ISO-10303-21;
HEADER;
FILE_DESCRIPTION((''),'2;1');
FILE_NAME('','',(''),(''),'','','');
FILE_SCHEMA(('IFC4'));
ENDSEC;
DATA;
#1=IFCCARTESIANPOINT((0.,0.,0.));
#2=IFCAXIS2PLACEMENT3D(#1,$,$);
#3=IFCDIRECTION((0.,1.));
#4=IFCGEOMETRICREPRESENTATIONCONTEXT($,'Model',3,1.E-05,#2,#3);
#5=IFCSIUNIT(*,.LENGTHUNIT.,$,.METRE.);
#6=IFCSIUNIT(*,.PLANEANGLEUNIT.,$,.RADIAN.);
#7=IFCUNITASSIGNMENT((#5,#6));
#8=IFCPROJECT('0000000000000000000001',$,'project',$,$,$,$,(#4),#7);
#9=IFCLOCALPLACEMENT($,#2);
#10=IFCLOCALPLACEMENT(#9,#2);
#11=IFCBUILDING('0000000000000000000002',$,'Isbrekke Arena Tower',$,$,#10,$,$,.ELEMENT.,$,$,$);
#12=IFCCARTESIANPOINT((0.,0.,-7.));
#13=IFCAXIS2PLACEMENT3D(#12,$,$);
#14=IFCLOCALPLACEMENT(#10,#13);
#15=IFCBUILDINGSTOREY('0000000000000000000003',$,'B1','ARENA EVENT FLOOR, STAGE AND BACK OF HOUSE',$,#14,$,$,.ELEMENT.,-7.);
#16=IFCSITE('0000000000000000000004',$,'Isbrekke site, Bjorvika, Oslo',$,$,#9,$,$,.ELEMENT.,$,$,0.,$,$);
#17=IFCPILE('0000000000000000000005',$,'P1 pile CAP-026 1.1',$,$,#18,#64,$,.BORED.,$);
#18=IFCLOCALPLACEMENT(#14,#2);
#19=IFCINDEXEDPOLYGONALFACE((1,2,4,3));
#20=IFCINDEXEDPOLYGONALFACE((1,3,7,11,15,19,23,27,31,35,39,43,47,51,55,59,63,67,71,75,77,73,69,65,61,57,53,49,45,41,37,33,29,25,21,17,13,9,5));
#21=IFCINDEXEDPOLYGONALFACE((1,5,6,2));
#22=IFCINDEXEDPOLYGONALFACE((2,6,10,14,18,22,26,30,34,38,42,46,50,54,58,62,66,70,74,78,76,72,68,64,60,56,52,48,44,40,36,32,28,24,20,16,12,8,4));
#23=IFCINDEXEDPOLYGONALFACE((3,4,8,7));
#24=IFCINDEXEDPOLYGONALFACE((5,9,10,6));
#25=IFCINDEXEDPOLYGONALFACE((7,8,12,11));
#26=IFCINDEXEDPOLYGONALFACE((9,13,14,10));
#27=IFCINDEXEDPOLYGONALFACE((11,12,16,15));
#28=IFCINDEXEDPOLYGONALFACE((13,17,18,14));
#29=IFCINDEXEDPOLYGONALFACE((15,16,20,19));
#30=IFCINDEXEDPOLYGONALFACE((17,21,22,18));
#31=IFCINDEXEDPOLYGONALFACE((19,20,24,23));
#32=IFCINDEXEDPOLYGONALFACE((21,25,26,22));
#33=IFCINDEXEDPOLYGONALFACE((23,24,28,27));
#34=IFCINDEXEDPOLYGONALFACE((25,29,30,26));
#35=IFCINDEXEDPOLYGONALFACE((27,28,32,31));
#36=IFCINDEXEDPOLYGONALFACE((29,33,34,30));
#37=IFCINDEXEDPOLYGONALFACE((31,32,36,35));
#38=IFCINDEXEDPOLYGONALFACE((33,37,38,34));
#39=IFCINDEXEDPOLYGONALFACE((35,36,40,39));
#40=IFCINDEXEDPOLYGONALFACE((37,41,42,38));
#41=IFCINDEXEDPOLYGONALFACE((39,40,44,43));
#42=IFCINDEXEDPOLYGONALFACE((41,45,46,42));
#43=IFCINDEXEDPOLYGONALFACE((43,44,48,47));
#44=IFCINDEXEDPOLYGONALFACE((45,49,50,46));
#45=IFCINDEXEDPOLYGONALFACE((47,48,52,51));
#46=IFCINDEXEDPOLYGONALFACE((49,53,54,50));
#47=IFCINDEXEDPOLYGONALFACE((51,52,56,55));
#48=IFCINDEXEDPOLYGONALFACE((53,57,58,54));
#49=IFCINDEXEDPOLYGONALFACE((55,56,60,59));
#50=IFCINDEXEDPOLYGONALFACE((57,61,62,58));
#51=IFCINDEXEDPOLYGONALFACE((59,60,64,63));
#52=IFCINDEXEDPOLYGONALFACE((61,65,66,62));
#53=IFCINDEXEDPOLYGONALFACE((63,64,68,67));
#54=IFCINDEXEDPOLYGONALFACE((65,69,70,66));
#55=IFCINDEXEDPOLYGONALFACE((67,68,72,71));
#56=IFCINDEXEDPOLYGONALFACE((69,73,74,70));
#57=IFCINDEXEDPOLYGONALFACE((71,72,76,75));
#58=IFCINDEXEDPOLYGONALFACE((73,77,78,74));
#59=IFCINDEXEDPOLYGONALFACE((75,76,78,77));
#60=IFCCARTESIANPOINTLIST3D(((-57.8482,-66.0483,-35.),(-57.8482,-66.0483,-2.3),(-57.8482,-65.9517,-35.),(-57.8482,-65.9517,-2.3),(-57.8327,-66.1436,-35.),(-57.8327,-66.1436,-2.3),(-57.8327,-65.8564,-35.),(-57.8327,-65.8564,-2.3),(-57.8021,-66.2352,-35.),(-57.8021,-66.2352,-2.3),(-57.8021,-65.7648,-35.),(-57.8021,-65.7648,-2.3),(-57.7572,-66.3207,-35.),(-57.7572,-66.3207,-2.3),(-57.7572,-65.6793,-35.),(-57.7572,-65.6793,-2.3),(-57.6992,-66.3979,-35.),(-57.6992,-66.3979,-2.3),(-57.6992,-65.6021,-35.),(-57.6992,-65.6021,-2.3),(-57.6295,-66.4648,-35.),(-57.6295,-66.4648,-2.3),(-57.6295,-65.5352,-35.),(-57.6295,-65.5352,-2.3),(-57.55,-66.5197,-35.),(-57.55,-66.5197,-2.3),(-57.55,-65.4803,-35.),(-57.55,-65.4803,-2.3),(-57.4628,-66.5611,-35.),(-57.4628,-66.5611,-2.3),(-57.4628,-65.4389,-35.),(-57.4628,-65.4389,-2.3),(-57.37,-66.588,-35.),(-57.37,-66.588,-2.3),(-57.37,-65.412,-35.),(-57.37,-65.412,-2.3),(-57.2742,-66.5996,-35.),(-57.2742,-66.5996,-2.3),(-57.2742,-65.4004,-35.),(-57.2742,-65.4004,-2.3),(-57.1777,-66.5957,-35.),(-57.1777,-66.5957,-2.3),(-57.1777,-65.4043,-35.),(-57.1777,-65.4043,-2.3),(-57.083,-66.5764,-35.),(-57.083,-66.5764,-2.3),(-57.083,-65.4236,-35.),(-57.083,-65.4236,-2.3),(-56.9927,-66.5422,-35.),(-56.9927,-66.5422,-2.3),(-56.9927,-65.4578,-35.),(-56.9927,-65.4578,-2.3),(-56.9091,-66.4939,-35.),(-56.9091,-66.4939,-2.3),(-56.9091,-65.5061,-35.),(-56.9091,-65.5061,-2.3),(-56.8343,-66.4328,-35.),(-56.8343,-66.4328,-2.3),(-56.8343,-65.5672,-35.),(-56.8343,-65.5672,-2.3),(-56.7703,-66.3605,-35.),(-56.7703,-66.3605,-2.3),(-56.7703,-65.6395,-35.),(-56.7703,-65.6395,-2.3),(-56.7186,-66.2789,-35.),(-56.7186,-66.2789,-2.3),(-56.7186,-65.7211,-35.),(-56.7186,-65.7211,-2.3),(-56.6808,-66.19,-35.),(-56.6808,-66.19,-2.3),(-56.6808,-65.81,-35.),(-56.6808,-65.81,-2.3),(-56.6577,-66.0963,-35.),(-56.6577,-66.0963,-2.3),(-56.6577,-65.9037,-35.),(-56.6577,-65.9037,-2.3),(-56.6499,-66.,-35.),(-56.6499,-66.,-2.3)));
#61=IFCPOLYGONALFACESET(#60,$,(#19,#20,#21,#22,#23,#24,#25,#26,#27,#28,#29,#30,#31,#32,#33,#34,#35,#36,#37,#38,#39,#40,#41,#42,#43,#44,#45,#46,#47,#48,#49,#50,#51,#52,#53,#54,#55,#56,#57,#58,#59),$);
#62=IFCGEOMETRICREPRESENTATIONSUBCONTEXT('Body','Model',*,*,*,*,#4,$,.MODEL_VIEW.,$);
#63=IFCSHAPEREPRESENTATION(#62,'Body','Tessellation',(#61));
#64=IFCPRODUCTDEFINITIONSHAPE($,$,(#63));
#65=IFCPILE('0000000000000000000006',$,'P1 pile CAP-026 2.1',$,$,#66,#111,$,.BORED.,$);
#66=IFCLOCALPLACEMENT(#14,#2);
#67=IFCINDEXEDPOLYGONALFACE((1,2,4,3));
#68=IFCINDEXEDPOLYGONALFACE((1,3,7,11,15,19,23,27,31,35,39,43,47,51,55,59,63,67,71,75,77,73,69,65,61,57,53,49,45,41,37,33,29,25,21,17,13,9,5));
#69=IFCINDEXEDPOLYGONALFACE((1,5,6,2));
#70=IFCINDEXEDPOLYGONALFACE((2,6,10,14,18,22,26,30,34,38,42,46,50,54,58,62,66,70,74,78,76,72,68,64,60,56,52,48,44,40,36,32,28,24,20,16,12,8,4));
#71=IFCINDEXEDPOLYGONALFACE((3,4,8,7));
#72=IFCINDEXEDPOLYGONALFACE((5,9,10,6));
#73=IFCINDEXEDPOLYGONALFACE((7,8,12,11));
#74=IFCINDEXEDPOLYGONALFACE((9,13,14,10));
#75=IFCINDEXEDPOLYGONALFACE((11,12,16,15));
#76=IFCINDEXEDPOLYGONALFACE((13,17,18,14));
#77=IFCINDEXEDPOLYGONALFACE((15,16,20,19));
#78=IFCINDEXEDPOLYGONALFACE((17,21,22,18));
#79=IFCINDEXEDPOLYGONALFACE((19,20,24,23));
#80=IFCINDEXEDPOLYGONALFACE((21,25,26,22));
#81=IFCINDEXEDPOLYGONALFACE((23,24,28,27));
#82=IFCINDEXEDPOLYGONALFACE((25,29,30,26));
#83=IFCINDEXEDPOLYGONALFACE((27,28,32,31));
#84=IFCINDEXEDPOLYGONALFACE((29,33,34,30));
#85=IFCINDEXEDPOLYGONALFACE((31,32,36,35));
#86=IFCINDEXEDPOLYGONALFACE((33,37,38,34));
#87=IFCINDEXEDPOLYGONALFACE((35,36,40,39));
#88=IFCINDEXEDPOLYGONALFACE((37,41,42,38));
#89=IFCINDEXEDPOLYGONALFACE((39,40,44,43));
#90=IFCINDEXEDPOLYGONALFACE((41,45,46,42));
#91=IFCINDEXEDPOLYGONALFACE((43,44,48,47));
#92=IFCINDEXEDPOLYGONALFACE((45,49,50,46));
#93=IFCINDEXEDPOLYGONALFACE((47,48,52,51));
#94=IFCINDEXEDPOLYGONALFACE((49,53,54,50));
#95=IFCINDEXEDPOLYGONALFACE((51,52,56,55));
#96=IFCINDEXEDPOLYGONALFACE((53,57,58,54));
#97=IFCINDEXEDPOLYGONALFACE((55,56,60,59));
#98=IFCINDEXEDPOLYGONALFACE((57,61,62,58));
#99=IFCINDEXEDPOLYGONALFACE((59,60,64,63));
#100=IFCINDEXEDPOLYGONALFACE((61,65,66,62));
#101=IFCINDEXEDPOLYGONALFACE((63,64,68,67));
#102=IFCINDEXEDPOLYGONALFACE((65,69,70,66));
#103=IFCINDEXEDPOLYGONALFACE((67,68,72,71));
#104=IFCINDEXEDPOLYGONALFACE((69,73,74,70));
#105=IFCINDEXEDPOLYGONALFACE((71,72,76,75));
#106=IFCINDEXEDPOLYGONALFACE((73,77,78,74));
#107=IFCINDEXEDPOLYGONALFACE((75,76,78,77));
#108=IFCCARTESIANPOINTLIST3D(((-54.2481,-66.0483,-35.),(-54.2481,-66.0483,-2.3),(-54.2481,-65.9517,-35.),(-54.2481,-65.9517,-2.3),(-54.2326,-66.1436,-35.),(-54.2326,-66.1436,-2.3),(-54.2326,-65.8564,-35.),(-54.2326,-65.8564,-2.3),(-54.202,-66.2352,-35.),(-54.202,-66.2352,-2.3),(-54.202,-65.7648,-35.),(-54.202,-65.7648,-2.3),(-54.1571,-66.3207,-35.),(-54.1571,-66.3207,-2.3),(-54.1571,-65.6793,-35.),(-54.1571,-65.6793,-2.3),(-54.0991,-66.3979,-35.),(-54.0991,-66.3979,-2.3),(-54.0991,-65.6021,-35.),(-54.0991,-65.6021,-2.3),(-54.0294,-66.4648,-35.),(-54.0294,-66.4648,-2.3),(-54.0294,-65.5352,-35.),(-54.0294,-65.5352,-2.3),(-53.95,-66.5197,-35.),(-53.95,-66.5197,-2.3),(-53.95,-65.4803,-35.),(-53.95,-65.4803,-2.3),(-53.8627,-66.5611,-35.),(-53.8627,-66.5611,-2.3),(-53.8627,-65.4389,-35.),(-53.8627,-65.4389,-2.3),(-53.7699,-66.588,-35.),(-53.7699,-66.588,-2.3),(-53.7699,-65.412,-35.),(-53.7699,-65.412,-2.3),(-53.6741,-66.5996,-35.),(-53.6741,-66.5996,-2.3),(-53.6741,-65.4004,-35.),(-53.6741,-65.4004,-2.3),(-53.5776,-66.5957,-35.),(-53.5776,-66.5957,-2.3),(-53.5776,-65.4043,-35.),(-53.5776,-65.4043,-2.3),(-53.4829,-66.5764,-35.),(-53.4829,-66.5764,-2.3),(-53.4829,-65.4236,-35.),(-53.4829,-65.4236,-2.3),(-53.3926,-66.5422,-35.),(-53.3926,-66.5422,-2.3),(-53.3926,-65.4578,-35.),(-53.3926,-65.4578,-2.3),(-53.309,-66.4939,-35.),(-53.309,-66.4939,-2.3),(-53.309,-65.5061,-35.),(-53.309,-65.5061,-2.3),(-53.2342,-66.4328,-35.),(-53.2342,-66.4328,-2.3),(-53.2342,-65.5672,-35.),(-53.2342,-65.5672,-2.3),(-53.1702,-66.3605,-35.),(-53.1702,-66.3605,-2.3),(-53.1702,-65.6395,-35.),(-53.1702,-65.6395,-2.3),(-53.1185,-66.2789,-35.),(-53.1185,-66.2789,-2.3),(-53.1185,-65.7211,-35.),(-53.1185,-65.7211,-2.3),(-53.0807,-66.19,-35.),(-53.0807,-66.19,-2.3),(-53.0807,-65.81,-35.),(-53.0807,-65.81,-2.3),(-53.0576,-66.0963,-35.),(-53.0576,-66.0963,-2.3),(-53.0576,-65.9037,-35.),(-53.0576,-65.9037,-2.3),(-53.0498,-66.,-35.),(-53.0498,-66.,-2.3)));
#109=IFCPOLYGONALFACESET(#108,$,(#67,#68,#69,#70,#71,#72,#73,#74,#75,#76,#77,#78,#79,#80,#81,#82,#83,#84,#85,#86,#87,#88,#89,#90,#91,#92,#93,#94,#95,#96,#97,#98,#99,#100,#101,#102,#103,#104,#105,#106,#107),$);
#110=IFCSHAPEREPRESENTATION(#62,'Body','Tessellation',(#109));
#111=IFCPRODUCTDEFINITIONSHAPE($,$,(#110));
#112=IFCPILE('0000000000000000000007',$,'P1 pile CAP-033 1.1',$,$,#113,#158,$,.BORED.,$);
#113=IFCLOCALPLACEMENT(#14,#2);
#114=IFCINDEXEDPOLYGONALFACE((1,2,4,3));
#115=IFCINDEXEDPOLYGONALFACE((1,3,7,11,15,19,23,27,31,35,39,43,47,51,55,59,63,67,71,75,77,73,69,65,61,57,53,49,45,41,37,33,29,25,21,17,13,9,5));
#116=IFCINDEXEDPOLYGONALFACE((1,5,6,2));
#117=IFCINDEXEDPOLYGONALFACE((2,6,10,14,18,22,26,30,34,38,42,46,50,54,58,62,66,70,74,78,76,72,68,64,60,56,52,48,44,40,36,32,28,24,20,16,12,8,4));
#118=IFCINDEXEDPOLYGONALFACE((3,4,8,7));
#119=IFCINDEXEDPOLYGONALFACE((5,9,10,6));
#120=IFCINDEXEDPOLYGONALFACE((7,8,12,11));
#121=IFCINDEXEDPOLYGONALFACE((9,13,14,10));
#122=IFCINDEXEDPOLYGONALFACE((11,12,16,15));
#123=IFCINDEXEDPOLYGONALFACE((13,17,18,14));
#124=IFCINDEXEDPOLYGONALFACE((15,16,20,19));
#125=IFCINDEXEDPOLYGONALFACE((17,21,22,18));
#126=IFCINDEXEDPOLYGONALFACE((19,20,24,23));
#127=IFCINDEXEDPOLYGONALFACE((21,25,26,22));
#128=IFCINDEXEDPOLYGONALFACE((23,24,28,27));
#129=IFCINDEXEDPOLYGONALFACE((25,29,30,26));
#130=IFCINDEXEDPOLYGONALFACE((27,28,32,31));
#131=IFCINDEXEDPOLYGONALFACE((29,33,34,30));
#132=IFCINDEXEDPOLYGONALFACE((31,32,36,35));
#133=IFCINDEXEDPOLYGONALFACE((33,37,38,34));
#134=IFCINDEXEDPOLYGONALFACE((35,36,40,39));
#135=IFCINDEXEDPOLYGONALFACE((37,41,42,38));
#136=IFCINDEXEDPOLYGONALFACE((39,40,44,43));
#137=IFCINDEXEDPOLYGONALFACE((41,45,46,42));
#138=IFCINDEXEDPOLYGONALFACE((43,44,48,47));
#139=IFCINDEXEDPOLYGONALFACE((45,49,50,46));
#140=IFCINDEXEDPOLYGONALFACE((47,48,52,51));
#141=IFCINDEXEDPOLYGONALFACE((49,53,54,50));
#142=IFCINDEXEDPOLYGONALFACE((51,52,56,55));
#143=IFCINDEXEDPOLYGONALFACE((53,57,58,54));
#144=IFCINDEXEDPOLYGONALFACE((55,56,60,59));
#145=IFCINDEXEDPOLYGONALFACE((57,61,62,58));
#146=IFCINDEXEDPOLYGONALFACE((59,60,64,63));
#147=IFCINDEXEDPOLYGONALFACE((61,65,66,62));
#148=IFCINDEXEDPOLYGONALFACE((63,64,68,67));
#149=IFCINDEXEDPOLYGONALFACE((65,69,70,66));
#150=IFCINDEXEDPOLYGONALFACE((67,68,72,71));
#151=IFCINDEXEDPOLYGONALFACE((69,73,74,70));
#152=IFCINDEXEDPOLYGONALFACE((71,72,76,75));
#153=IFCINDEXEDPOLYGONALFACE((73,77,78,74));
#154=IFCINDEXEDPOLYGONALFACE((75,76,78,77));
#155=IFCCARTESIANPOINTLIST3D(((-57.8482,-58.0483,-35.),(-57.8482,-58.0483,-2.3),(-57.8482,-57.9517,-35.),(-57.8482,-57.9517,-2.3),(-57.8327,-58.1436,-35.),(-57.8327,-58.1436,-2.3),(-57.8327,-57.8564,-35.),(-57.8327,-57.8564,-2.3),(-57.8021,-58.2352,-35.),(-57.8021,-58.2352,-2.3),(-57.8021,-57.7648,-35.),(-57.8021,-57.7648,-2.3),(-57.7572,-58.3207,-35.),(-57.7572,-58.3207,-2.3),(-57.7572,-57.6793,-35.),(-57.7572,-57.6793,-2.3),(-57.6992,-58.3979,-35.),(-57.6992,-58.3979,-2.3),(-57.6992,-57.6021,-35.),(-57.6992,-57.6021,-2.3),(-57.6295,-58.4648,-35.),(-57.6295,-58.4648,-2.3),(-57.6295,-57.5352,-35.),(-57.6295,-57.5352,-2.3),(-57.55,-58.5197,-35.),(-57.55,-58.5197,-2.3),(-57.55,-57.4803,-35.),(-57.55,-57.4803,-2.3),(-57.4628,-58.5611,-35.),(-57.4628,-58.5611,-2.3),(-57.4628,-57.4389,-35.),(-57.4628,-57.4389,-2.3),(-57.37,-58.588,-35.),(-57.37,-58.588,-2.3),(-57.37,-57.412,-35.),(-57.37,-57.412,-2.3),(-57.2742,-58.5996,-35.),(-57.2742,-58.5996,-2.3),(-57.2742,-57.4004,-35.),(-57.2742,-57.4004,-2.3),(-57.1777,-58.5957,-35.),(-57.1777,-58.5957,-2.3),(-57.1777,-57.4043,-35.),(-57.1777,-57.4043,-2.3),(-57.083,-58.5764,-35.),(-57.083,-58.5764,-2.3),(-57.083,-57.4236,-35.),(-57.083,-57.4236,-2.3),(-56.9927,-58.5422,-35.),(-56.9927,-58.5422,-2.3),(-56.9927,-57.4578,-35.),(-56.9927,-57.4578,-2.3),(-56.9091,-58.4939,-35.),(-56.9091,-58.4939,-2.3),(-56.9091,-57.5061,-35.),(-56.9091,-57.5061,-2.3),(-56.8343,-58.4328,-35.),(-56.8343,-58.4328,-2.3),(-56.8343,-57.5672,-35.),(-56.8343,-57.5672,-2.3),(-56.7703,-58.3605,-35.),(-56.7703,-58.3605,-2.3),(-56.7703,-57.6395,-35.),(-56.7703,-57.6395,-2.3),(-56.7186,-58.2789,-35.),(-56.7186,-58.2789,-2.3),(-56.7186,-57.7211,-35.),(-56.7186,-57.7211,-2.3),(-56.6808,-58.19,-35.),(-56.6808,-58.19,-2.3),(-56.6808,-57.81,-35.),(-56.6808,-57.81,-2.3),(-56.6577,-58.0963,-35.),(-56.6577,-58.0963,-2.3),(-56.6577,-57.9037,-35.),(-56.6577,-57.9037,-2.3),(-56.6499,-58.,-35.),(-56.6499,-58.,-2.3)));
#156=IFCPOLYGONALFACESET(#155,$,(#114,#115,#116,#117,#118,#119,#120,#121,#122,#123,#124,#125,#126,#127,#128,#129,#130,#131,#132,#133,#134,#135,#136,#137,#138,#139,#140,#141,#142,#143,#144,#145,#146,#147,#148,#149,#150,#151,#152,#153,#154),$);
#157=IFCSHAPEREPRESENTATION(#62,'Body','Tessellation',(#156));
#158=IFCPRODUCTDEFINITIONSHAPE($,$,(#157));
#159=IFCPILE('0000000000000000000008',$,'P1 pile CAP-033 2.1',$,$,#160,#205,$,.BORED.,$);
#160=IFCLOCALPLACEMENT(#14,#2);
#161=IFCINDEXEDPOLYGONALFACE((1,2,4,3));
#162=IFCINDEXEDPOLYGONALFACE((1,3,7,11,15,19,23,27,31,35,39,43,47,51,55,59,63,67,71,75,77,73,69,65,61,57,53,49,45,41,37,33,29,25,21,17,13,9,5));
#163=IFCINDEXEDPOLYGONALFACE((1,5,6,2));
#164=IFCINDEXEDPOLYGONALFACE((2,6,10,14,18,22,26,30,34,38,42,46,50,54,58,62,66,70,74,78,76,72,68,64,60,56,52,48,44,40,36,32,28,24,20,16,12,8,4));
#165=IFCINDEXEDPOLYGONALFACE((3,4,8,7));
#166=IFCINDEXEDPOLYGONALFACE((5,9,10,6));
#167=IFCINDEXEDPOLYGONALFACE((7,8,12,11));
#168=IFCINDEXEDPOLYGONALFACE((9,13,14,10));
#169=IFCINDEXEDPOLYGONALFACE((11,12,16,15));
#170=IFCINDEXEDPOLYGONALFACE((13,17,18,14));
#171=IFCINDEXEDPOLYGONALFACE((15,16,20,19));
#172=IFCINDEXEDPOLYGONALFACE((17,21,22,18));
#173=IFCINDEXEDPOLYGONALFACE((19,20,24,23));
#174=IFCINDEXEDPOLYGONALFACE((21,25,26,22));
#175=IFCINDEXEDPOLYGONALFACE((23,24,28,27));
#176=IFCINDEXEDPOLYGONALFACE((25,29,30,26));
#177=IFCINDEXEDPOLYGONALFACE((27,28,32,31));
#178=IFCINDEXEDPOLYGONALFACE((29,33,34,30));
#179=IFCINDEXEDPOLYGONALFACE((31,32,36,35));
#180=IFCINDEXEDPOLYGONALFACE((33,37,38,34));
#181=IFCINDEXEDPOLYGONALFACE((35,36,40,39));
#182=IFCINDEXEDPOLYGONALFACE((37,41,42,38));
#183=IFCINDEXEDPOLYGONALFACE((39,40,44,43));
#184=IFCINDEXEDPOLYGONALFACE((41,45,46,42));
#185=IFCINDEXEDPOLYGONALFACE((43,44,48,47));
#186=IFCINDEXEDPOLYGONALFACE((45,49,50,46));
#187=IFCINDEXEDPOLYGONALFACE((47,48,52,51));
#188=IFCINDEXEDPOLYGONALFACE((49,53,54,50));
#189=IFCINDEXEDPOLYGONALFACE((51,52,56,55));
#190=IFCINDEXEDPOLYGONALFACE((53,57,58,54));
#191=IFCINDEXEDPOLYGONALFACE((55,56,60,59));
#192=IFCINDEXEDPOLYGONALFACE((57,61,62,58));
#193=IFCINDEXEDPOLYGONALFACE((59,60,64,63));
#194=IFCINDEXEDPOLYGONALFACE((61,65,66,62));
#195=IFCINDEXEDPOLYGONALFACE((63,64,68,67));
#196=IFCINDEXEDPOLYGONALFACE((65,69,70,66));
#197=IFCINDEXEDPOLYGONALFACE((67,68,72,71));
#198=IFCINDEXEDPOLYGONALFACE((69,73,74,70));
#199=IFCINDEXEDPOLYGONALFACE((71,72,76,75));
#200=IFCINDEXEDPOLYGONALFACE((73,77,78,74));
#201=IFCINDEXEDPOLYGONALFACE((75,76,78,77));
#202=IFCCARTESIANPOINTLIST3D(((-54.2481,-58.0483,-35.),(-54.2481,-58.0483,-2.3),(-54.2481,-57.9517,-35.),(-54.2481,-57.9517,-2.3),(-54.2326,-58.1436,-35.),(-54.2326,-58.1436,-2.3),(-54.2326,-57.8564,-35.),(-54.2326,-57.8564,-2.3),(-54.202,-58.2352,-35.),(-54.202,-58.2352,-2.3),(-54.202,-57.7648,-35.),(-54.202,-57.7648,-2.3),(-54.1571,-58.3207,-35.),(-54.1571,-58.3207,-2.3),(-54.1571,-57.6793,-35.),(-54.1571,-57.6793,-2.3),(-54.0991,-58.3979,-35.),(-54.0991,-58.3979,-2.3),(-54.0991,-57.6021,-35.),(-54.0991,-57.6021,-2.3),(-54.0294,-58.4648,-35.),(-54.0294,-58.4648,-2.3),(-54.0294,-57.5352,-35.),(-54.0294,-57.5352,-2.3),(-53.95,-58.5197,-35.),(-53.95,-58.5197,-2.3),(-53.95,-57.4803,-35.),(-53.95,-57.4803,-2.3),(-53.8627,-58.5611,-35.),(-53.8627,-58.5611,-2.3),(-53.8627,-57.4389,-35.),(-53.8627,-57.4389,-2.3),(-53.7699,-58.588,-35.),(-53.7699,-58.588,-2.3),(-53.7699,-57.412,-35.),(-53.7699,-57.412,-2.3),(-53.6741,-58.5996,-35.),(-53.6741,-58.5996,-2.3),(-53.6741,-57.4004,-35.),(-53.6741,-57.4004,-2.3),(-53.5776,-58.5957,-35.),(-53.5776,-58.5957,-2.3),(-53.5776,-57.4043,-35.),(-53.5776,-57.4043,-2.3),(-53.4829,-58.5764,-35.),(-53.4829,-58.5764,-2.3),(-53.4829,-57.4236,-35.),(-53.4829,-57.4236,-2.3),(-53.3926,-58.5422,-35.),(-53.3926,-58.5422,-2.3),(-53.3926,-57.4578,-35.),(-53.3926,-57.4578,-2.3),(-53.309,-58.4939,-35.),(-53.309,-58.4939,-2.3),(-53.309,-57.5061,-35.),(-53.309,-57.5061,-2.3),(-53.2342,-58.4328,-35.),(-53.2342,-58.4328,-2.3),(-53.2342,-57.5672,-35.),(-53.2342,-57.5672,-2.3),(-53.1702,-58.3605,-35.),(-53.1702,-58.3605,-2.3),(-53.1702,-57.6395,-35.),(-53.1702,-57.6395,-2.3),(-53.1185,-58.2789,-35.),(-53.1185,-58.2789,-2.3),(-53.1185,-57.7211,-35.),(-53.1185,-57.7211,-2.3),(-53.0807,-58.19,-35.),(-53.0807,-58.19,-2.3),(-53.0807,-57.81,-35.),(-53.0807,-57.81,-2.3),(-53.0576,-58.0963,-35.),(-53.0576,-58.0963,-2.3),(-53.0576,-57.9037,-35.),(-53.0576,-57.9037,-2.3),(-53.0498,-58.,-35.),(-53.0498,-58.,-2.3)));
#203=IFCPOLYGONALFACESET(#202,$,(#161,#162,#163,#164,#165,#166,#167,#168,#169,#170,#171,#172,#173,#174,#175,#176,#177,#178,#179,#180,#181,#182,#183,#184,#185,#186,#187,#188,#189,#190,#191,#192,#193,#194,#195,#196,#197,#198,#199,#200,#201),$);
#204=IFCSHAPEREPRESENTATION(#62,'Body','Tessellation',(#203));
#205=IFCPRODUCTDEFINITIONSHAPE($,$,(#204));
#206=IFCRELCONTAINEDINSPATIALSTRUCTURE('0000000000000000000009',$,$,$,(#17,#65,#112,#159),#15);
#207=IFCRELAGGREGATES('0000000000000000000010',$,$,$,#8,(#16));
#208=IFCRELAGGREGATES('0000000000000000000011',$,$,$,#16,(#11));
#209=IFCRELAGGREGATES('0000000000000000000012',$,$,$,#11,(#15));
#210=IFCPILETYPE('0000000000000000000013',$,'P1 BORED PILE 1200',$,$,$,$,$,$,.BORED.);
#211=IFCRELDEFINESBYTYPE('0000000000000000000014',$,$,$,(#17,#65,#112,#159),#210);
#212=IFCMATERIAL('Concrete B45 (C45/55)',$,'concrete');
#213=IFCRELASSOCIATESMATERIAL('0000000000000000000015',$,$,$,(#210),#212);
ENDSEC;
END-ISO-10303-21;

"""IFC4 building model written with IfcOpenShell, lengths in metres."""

from ifc_helpers import new_model, si_unit, direction, frame, origin, origin_2d, place, context, subcontext, project, spatial, circle, extrude, material, material_profile, profile_set, type_object, element, save


model = new_model("IFC4")

# Units and contexts
model_context = context("Model", 3, precision=1e-05, world=origin(), true_north=direction((0.0, 1.0)))
body_context = subcontext(model_context, "Body", "Model", "MODEL_VIEW")
ifc_project = project(units=[si_unit("LENGTHUNIT", "METRE"), si_unit("PLANEANGLEUNIT", "RADIAN")], contexts=[model_context])

# Site, building, storey
site_placement = place(None, origin())
site = spatial("IfcSite", under=ifc_project, at=site_placement, Name="Isbrekke site, Bjorvika, Oslo", CompositionType="ELEMENT", RefElevation=0.0)
building_placement = place(site_placement, origin())
building = spatial("IfcBuilding", under=site, at=building_placement, Name="Isbrekke Arena Tower", CompositionType="ELEMENT")
storey_placement = place(building_placement, frame((0.0, 0.0, -7.0)))
storey = spatial("IfcBuildingStorey", under=building, at=storey_placement, Name="B1", Description="ARENA EVENT FLOOR, STAGE AND BACK OF HOUSE", CompositionType="ELEMENT", Elevation=-7.0)

# Piles
ifc_material_1 = material(Name="Concrete B45 (C45/55)", Category="concrete")
ifc_material_profile_1 = material_profile(ifc_material_1, circle(Radius=0.6001, at=origin_2d()), Name="BORED PILE D1200")
ifc_profile_set_1 = profile_set([ifc_material_profile_1], Name="Concrete B45 (C45/55)")
pile_type = type_object("IfcPileType", Name="P1 BORED PILE 1200", PredefinedType="BORED", material=ifc_profile_set_1)
for number, where, z_axis, x_axis, name in (
    (1, (-57.25, -66.0, -2.3), (0.0, 0.0, -1.0), (1.0, 0.0, 0.0), "P1 pile CAP-026 1.1"),
    (2, (-53.6499, -66.0, -2.3), (0.0, 0.0, -1.0), (1.0, 0.0, 0.0), "P1 pile CAP-026 2.1"),
    (3, (-57.25, -58.0, -2.3), (0.0, 0.0, -1.0), (1.0, 0.0, 0.0), "P1 pile CAP-033 1.1"),
    (4, (-53.6499, -58.0, -2.3), (0.0, 0.0, -1.0), (1.0, 0.0, 0.0), "P1 pile CAP-033 2.1"),
):
    element("IfcPile", number, at=place(storey_placement, frame(where, z_axis=z_axis, x_axis=x_axis)), inside=storey, type_object=pile_type, Name=name, PredefinedType="BORED", context=body_context, shape_type="SweptSolid", body=[
        extrude(circle(Radius=0.6001, at=origin_2d()), origin(), (0.0, 0.0, 1.0), 32.7),
    ])

save(model, "model.ifc")
